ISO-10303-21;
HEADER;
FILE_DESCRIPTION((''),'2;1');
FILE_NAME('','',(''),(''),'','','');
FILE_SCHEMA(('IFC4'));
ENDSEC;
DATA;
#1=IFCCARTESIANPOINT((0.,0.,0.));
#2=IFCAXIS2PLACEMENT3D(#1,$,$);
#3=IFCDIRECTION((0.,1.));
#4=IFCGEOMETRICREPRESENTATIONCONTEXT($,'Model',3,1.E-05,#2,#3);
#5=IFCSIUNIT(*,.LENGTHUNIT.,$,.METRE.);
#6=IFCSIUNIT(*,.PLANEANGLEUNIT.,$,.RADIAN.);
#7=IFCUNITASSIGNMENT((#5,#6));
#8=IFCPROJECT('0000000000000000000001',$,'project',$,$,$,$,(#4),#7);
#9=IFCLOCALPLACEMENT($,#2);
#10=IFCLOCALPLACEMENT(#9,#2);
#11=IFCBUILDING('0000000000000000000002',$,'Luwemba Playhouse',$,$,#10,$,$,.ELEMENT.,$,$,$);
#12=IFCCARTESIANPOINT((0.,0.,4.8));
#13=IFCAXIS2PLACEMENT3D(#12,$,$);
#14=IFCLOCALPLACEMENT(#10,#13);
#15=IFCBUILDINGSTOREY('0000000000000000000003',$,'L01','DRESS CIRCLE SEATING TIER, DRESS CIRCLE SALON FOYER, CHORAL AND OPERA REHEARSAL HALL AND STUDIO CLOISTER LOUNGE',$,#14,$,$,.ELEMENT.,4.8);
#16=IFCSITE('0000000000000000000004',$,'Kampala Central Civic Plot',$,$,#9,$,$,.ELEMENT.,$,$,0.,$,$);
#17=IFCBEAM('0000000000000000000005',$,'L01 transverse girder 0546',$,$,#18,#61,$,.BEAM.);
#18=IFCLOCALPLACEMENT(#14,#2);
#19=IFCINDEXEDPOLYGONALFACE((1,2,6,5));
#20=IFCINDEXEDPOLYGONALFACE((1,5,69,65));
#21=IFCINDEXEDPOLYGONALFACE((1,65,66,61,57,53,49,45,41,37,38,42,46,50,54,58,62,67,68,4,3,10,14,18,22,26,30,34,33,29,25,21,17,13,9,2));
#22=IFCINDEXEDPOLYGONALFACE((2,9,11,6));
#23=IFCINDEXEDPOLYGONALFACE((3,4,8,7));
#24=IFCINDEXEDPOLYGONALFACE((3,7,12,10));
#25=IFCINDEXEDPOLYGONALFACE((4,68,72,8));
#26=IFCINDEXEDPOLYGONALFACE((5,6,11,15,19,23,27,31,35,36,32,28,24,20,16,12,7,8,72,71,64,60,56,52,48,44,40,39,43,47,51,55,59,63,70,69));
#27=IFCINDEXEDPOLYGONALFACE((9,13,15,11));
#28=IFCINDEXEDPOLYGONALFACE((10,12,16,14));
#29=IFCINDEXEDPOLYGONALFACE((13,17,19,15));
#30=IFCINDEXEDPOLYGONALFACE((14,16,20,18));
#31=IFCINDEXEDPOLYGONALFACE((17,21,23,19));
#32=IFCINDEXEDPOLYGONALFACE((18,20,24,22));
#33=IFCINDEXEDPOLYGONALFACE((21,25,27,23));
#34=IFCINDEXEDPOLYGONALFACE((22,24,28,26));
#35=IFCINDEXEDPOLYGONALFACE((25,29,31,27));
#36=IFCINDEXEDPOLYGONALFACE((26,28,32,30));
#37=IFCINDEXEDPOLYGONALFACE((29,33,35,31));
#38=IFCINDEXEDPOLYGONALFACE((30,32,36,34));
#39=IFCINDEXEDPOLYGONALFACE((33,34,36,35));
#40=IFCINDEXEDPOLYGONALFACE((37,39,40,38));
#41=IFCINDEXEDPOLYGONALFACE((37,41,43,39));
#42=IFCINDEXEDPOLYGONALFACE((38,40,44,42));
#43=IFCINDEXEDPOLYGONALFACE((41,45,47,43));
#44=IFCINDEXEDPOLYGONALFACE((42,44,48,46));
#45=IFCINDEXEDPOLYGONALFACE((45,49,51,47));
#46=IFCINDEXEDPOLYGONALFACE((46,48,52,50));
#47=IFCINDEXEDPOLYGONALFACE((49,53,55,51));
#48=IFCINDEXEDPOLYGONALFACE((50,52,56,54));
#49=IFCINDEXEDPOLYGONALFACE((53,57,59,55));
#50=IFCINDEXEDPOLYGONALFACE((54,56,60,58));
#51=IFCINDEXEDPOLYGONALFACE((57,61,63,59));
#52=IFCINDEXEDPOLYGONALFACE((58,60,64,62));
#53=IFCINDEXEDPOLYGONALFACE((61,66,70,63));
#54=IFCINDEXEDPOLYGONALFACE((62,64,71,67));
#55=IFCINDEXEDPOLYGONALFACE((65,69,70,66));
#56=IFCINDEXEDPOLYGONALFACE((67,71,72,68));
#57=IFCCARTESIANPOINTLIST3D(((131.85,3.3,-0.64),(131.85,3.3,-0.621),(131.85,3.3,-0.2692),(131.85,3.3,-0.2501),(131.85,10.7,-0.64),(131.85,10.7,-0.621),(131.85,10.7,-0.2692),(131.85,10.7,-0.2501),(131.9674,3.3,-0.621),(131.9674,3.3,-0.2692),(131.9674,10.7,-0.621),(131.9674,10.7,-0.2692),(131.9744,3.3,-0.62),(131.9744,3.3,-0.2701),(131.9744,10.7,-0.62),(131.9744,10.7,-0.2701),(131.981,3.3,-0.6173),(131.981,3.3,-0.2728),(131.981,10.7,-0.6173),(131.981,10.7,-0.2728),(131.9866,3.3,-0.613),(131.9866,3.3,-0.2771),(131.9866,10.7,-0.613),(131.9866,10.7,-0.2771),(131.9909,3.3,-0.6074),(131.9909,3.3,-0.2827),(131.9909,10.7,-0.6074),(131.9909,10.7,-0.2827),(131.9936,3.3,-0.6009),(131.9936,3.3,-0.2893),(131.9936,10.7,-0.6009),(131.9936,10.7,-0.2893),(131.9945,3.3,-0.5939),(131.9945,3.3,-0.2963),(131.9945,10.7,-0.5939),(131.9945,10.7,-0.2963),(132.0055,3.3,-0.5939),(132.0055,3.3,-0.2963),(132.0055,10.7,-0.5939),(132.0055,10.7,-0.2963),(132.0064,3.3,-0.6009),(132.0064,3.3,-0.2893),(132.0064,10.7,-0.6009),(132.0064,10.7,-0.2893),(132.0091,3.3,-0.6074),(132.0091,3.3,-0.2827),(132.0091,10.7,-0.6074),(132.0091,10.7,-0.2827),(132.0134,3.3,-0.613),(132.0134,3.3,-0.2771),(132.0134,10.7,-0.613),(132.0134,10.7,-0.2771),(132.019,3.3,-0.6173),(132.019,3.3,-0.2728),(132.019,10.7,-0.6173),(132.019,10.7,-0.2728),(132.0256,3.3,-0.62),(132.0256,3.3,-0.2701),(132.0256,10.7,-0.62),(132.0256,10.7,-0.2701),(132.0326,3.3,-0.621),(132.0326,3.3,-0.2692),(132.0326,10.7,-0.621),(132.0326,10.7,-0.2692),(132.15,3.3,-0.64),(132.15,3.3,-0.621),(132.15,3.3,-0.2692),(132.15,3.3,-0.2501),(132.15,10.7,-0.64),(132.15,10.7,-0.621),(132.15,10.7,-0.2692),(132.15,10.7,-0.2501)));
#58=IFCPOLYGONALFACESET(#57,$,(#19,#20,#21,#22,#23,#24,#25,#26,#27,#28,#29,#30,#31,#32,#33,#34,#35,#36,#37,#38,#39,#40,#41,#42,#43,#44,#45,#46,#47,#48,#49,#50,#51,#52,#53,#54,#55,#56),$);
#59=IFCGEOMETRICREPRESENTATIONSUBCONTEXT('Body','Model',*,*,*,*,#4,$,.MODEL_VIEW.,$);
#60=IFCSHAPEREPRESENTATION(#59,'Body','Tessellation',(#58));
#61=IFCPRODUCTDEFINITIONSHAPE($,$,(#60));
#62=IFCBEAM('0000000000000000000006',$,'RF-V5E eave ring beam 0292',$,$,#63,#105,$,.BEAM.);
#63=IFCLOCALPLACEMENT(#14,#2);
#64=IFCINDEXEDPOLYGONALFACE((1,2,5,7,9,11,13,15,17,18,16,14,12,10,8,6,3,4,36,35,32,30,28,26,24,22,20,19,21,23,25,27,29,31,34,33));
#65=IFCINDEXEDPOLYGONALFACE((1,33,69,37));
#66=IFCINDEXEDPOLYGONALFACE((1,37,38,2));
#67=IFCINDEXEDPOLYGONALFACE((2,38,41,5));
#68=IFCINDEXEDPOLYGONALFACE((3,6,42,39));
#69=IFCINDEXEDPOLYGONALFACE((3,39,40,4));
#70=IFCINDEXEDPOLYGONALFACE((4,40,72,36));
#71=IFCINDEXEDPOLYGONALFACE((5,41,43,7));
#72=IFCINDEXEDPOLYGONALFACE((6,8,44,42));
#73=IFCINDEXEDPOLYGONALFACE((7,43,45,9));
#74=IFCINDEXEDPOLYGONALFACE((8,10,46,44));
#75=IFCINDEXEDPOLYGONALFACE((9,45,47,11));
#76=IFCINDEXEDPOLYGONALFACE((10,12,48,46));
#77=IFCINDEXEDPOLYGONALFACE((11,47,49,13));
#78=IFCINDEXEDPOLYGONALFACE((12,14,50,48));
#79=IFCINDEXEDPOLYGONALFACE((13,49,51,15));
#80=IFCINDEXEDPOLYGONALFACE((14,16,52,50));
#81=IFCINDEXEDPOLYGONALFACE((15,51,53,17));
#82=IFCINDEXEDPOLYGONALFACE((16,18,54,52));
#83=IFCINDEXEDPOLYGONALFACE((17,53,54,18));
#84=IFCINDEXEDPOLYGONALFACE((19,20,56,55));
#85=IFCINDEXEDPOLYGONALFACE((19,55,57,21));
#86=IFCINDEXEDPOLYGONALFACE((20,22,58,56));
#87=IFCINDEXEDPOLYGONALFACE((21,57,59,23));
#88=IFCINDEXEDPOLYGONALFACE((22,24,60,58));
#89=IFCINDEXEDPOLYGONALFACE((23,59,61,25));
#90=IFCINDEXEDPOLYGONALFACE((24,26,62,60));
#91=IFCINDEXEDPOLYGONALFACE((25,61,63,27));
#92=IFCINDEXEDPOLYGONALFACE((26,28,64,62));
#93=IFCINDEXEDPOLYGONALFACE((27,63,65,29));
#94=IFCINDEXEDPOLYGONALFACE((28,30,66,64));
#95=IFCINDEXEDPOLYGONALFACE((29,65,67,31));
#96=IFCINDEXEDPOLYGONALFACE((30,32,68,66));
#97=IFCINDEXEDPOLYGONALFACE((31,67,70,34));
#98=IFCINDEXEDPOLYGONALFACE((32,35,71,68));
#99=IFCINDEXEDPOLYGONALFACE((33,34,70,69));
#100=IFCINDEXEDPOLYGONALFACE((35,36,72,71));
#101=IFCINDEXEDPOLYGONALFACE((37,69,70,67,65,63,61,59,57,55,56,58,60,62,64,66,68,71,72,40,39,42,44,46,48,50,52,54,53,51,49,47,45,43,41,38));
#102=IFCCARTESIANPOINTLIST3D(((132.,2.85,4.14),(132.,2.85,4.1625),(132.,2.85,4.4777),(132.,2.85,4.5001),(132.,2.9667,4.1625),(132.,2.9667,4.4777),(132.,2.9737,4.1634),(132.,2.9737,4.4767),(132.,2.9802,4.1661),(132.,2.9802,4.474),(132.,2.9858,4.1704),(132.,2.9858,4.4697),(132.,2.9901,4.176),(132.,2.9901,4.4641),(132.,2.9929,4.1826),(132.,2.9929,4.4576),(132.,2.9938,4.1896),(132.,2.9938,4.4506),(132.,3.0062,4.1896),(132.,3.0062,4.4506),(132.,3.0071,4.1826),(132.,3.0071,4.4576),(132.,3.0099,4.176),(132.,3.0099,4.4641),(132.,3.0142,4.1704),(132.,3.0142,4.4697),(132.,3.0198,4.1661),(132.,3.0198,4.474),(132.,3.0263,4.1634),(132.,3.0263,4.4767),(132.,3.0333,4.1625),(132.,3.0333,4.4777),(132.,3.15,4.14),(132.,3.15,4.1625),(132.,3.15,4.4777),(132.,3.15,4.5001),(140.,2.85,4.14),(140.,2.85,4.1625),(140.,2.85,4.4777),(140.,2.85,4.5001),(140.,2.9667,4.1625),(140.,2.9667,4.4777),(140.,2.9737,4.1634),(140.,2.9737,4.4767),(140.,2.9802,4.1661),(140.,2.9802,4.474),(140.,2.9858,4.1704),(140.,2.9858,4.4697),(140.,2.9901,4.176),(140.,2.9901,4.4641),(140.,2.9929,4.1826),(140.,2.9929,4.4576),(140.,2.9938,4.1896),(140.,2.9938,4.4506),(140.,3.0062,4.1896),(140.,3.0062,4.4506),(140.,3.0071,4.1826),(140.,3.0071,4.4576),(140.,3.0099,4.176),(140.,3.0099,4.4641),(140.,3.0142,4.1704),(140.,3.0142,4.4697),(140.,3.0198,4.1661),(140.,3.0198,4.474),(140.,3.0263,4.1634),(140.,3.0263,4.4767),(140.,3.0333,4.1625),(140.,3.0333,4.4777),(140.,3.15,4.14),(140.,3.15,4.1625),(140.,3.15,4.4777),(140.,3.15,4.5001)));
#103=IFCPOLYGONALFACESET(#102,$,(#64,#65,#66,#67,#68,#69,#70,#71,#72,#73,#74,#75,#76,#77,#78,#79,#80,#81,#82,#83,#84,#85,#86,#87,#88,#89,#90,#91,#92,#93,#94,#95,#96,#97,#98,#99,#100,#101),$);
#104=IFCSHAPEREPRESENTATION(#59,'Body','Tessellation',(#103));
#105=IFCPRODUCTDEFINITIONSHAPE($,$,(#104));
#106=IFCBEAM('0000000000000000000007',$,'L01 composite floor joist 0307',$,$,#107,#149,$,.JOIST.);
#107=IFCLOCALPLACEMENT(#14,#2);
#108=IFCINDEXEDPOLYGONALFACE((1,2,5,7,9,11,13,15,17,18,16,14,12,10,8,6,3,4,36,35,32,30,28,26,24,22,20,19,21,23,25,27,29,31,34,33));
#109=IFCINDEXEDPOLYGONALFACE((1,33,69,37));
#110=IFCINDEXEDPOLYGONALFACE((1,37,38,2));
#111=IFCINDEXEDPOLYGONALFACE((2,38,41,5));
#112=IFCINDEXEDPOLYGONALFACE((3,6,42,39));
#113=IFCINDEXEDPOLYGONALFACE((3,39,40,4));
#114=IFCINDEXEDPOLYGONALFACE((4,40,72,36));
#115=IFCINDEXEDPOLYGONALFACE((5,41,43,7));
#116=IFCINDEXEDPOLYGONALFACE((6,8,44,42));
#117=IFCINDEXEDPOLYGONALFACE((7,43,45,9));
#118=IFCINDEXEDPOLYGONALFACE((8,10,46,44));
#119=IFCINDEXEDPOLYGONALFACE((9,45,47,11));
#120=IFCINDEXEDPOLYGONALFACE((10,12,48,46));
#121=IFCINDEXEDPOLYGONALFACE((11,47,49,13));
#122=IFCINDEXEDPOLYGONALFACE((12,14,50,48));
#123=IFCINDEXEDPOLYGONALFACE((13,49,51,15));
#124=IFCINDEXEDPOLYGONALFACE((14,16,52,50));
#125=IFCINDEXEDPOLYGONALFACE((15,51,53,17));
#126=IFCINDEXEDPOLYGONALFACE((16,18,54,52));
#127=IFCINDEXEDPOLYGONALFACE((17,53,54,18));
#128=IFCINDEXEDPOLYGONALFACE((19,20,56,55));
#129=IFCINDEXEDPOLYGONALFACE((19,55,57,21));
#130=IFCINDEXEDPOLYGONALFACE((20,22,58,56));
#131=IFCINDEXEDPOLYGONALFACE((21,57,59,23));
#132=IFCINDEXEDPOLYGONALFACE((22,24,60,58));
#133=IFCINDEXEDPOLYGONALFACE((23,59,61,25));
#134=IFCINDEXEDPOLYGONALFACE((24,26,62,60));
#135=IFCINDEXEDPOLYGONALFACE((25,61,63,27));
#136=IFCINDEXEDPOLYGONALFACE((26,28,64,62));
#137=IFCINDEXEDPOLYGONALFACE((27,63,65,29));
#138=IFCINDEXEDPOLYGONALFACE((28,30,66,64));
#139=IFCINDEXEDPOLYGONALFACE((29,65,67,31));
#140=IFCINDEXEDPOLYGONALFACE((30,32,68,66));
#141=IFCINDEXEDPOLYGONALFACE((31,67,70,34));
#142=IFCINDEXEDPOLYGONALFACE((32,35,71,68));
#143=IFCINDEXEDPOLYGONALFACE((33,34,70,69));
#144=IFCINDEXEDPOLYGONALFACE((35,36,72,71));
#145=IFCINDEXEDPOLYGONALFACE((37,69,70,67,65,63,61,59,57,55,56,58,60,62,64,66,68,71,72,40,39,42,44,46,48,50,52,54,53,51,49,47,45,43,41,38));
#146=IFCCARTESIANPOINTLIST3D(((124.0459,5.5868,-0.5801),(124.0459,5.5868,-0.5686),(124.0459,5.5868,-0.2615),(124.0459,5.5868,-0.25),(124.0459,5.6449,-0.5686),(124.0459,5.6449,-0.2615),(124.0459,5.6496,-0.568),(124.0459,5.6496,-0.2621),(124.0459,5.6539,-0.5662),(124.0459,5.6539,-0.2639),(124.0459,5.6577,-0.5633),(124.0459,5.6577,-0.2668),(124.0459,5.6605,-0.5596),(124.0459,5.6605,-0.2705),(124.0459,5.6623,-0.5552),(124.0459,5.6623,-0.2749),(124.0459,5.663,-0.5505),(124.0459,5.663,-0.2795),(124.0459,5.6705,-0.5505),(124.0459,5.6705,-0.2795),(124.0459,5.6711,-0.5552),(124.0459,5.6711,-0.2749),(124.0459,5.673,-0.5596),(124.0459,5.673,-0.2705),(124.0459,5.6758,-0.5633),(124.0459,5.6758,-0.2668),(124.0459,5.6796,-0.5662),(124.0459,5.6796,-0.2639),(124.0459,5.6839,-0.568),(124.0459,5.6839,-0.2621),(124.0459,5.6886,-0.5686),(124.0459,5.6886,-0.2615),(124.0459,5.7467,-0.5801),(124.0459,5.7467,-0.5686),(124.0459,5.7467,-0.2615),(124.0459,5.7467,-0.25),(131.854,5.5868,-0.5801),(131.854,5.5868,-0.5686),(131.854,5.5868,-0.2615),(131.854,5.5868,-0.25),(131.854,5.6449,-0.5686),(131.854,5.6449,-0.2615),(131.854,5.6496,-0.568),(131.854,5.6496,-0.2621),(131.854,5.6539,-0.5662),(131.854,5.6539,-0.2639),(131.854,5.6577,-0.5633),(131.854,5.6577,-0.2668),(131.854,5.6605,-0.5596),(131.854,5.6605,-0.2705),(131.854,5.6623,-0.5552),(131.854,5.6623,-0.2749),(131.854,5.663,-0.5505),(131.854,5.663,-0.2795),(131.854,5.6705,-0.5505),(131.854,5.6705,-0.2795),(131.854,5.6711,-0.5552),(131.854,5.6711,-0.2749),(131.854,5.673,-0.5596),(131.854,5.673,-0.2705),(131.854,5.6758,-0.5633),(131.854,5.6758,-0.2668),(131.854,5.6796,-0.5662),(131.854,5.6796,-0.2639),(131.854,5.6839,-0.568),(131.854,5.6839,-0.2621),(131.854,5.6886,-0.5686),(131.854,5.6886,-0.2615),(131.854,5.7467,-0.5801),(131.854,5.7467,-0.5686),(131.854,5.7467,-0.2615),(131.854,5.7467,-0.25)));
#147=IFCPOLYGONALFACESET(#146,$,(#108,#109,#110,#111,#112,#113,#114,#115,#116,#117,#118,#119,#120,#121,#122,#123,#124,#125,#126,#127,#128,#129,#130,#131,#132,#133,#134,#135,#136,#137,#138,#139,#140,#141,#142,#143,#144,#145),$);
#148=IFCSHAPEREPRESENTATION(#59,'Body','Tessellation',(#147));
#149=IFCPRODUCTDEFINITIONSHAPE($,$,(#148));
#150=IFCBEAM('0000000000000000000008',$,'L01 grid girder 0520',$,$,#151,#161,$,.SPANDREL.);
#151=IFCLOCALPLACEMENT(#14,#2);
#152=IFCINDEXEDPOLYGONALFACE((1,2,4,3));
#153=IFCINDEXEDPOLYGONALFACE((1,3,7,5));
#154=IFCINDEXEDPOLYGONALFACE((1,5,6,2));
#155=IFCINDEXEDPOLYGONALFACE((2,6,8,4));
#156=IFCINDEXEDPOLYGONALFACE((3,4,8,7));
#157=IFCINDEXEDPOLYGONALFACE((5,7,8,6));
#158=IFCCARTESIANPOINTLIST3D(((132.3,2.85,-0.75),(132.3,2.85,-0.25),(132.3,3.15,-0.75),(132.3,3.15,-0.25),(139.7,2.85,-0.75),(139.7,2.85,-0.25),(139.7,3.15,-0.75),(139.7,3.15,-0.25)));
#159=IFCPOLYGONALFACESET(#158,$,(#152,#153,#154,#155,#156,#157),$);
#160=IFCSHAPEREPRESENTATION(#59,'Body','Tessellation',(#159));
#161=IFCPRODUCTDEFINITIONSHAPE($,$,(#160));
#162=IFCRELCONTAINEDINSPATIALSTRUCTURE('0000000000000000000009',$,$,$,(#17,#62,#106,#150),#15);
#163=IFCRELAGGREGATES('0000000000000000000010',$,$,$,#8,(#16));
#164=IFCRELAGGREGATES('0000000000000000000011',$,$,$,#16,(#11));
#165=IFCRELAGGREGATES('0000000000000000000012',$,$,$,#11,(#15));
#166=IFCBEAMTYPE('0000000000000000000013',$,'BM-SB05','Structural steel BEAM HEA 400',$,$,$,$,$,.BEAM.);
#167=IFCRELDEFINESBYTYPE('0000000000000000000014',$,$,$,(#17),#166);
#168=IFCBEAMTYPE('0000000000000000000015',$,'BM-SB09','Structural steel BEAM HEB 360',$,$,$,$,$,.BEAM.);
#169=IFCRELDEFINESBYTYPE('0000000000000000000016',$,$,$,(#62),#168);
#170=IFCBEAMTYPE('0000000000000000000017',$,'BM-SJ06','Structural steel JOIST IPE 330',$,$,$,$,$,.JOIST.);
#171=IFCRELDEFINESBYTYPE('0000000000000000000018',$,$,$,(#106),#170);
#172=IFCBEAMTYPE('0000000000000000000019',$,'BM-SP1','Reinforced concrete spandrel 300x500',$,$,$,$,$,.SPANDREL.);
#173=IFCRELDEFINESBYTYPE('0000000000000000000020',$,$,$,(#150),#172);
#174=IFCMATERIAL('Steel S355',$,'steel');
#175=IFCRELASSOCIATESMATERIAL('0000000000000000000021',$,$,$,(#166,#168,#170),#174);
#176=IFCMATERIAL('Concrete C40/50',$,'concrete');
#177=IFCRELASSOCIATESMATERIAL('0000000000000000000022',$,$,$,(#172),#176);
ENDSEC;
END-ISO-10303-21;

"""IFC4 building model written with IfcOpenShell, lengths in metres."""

from ifc_helpers import new_model, si_unit, direction, frame, origin, origin_2d, place, context, subcontext, project, spatial, rectangle, i_section, extrude, material, material_profile, profile_set, type_object, element, save


model = new_model("IFC4")

# Units and contexts
model_context = context("Model", 3, precision=1e-05, world=origin(), true_north=direction((0.0, 1.0)))
body_context = subcontext(model_context, "Body", "Model", "MODEL_VIEW")
ifc_project = project(units=[si_unit("LENGTHUNIT", "METRE"), si_unit("PLANEANGLEUNIT", "RADIAN")], contexts=[model_context])

# Site, building, storey
site_placement = place(None, origin())
site = spatial("IfcSite", under=ifc_project, at=site_placement, Name="Kampala Central Civic Plot", CompositionType="ELEMENT", RefElevation=0.0)
building_placement = place(site_placement, origin())
building = spatial("IfcBuilding", under=site, at=building_placement, Name="Luwemba Playhouse", CompositionType="ELEMENT")
storey_placement = place(building_placement, frame((0.0, 0.0, 4.8)))
storey = spatial("IfcBuildingStorey", under=building, at=storey_placement, Name="L01", Description="DRESS CIRCLE SEATING TIER, DRESS CIRCLE SALON FOYER, CHORAL AND OPERA REHEARSAL HALL AND STUDIO CLOISTER LOUNGE", CompositionType="ELEMENT", Elevation=4.8)

# Shared definitions
ifc_material_1 = material(Name="Concrete C40/50", Category="concrete")

# Beams
ifc_material_2 = material(Name="Steel S355", Category="steel")
ifc_material_profile_1 = material_profile(ifc_material_2, i_section(OverallWidth=0.3, OverallDepth=0.3899, WebThickness=0.011, FlangeThickness=0.019, FilletRadius=0.0271, at=origin_2d()))
ifc_profile_set_1 = profile_set([ifc_material_profile_1], Name="Steel S355")
beam_type_1 = type_object("IfcBeamType", Name="BM-SB05", Description="Structural steel BEAM HEA 400", PredefinedType="BEAM", material=ifc_profile_set_1)
beam_1_placement = place(storey_placement, frame((132.0, 3.3, -0.4451), z_axis=(0.0, 1.0, 0.0), x_axis=(-1.0, 0.0, 0.0)))
element("IfcBeam", 1, at=beam_1_placement, inside=storey, type_object=beam_type_1, Name="L01 transverse girder 0546", PredefinedType="BEAM", context=body_context, shape_type="SweptSolid", body=[
    extrude(i_section(OverallWidth=0.3, OverallDepth=0.3899, WebThickness=0.011, FlangeThickness=0.019, FilletRadius=0.0271, at=origin_2d()), origin(), (0.0, 0.0, 1.0), 7.3999),
])
ifc_material_profile_2 = material_profile(ifc_material_2, i_section(OverallWidth=0.3, OverallDepth=0.3601, WebThickness=0.0125, FlangeThickness=0.0225, FilletRadius=0.0271, at=origin_2d()))
ifc_profile_set_2 = profile_set([ifc_material_profile_2], Name="Steel S355")
beam_type_2 = type_object("IfcBeamType", Name="BM-SB09", Description="Structural steel BEAM HEB 360", PredefinedType="BEAM", material=ifc_profile_set_2)
beam_2_placement = place(storey_placement, frame((132.0, 3.0, 4.3201), z_axis=(1.0, 0.0, 0.0), x_axis=(0.0, 1.0, 0.0)))
element("IfcBeam", 2, at=beam_2_placement, inside=storey, type_object=beam_type_2, Name="RF-V5E eave ring beam 0292", PredefinedType="BEAM", context=body_context, shape_type="SweptSolid", body=[
    extrude(i_section(OverallWidth=0.3, OverallDepth=0.3601, WebThickness=0.0125, FlangeThickness=0.0225, FilletRadius=0.0271, at=origin_2d()), origin(), (0.0, 0.0, 1.0), 8.0),
])
ifc_material_profile_3 = material_profile(ifc_material_2, i_section(OverallWidth=0.1599, OverallDepth=0.3301, WebThickness=0.0076, FlangeThickness=0.0115, FilletRadius=0.0181, at=origin_2d()))
ifc_profile_set_3 = profile_set([ifc_material_profile_3], Name="Steel S355")
beam_type_3 = type_object("IfcBeamType", Name="BM-SJ06", Description="Structural steel JOIST IPE 330", PredefinedType="JOIST", material=ifc_profile_set_3)
beam_3_placement = place(storey_placement, frame((124.0459, 5.6667, -0.415), z_axis=(1.0, 0.0, 0.0), x_axis=(0.0, 1.0, 0.0)))
element("IfcBeam", 3, at=beam_3_placement, inside=storey, type_object=beam_type_3, Name="L01 composite floor joist 0307", PredefinedType="JOIST", context=body_context, shape_type="SweptSolid", body=[
    extrude(i_section(OverallWidth=0.1599, OverallDepth=0.3301, WebThickness=0.0076, FlangeThickness=0.0115, FilletRadius=0.0181, at=origin_2d()), origin(), (0.0, 0.0, 1.0), 7.8081),
])
ifc_material_profile_4 = material_profile(ifc_material_1, rectangle(XDim=0.3, YDim=0.5, at=origin_2d()))
ifc_profile_set_4 = profile_set([ifc_material_profile_4], Name="Concrete C40/50")
beam_type_4 = type_object("IfcBeamType", Name="BM-SP1", Description="Reinforced concrete spandrel 300x500", PredefinedType="SPANDREL", material=ifc_profile_set_4)
beam_4_placement = place(storey_placement, frame((132.3, 3.0, -0.5), z_axis=(1.0, 0.0, 0.0), x_axis=(0.0, 1.0, 0.0)))
element("IfcBeam", 4, at=beam_4_placement, inside=storey, type_object=beam_type_4, Name="L01 grid girder 0520", PredefinedType="SPANDREL", context=body_context, shape_type="SweptSolid", body=[
    extrude(rectangle(XDim=0.3, YDim=0.5, at=origin_2d()), origin(), (0.0, 0.0, 1.0), 7.3999),
])

save(model, "model.ifc")
